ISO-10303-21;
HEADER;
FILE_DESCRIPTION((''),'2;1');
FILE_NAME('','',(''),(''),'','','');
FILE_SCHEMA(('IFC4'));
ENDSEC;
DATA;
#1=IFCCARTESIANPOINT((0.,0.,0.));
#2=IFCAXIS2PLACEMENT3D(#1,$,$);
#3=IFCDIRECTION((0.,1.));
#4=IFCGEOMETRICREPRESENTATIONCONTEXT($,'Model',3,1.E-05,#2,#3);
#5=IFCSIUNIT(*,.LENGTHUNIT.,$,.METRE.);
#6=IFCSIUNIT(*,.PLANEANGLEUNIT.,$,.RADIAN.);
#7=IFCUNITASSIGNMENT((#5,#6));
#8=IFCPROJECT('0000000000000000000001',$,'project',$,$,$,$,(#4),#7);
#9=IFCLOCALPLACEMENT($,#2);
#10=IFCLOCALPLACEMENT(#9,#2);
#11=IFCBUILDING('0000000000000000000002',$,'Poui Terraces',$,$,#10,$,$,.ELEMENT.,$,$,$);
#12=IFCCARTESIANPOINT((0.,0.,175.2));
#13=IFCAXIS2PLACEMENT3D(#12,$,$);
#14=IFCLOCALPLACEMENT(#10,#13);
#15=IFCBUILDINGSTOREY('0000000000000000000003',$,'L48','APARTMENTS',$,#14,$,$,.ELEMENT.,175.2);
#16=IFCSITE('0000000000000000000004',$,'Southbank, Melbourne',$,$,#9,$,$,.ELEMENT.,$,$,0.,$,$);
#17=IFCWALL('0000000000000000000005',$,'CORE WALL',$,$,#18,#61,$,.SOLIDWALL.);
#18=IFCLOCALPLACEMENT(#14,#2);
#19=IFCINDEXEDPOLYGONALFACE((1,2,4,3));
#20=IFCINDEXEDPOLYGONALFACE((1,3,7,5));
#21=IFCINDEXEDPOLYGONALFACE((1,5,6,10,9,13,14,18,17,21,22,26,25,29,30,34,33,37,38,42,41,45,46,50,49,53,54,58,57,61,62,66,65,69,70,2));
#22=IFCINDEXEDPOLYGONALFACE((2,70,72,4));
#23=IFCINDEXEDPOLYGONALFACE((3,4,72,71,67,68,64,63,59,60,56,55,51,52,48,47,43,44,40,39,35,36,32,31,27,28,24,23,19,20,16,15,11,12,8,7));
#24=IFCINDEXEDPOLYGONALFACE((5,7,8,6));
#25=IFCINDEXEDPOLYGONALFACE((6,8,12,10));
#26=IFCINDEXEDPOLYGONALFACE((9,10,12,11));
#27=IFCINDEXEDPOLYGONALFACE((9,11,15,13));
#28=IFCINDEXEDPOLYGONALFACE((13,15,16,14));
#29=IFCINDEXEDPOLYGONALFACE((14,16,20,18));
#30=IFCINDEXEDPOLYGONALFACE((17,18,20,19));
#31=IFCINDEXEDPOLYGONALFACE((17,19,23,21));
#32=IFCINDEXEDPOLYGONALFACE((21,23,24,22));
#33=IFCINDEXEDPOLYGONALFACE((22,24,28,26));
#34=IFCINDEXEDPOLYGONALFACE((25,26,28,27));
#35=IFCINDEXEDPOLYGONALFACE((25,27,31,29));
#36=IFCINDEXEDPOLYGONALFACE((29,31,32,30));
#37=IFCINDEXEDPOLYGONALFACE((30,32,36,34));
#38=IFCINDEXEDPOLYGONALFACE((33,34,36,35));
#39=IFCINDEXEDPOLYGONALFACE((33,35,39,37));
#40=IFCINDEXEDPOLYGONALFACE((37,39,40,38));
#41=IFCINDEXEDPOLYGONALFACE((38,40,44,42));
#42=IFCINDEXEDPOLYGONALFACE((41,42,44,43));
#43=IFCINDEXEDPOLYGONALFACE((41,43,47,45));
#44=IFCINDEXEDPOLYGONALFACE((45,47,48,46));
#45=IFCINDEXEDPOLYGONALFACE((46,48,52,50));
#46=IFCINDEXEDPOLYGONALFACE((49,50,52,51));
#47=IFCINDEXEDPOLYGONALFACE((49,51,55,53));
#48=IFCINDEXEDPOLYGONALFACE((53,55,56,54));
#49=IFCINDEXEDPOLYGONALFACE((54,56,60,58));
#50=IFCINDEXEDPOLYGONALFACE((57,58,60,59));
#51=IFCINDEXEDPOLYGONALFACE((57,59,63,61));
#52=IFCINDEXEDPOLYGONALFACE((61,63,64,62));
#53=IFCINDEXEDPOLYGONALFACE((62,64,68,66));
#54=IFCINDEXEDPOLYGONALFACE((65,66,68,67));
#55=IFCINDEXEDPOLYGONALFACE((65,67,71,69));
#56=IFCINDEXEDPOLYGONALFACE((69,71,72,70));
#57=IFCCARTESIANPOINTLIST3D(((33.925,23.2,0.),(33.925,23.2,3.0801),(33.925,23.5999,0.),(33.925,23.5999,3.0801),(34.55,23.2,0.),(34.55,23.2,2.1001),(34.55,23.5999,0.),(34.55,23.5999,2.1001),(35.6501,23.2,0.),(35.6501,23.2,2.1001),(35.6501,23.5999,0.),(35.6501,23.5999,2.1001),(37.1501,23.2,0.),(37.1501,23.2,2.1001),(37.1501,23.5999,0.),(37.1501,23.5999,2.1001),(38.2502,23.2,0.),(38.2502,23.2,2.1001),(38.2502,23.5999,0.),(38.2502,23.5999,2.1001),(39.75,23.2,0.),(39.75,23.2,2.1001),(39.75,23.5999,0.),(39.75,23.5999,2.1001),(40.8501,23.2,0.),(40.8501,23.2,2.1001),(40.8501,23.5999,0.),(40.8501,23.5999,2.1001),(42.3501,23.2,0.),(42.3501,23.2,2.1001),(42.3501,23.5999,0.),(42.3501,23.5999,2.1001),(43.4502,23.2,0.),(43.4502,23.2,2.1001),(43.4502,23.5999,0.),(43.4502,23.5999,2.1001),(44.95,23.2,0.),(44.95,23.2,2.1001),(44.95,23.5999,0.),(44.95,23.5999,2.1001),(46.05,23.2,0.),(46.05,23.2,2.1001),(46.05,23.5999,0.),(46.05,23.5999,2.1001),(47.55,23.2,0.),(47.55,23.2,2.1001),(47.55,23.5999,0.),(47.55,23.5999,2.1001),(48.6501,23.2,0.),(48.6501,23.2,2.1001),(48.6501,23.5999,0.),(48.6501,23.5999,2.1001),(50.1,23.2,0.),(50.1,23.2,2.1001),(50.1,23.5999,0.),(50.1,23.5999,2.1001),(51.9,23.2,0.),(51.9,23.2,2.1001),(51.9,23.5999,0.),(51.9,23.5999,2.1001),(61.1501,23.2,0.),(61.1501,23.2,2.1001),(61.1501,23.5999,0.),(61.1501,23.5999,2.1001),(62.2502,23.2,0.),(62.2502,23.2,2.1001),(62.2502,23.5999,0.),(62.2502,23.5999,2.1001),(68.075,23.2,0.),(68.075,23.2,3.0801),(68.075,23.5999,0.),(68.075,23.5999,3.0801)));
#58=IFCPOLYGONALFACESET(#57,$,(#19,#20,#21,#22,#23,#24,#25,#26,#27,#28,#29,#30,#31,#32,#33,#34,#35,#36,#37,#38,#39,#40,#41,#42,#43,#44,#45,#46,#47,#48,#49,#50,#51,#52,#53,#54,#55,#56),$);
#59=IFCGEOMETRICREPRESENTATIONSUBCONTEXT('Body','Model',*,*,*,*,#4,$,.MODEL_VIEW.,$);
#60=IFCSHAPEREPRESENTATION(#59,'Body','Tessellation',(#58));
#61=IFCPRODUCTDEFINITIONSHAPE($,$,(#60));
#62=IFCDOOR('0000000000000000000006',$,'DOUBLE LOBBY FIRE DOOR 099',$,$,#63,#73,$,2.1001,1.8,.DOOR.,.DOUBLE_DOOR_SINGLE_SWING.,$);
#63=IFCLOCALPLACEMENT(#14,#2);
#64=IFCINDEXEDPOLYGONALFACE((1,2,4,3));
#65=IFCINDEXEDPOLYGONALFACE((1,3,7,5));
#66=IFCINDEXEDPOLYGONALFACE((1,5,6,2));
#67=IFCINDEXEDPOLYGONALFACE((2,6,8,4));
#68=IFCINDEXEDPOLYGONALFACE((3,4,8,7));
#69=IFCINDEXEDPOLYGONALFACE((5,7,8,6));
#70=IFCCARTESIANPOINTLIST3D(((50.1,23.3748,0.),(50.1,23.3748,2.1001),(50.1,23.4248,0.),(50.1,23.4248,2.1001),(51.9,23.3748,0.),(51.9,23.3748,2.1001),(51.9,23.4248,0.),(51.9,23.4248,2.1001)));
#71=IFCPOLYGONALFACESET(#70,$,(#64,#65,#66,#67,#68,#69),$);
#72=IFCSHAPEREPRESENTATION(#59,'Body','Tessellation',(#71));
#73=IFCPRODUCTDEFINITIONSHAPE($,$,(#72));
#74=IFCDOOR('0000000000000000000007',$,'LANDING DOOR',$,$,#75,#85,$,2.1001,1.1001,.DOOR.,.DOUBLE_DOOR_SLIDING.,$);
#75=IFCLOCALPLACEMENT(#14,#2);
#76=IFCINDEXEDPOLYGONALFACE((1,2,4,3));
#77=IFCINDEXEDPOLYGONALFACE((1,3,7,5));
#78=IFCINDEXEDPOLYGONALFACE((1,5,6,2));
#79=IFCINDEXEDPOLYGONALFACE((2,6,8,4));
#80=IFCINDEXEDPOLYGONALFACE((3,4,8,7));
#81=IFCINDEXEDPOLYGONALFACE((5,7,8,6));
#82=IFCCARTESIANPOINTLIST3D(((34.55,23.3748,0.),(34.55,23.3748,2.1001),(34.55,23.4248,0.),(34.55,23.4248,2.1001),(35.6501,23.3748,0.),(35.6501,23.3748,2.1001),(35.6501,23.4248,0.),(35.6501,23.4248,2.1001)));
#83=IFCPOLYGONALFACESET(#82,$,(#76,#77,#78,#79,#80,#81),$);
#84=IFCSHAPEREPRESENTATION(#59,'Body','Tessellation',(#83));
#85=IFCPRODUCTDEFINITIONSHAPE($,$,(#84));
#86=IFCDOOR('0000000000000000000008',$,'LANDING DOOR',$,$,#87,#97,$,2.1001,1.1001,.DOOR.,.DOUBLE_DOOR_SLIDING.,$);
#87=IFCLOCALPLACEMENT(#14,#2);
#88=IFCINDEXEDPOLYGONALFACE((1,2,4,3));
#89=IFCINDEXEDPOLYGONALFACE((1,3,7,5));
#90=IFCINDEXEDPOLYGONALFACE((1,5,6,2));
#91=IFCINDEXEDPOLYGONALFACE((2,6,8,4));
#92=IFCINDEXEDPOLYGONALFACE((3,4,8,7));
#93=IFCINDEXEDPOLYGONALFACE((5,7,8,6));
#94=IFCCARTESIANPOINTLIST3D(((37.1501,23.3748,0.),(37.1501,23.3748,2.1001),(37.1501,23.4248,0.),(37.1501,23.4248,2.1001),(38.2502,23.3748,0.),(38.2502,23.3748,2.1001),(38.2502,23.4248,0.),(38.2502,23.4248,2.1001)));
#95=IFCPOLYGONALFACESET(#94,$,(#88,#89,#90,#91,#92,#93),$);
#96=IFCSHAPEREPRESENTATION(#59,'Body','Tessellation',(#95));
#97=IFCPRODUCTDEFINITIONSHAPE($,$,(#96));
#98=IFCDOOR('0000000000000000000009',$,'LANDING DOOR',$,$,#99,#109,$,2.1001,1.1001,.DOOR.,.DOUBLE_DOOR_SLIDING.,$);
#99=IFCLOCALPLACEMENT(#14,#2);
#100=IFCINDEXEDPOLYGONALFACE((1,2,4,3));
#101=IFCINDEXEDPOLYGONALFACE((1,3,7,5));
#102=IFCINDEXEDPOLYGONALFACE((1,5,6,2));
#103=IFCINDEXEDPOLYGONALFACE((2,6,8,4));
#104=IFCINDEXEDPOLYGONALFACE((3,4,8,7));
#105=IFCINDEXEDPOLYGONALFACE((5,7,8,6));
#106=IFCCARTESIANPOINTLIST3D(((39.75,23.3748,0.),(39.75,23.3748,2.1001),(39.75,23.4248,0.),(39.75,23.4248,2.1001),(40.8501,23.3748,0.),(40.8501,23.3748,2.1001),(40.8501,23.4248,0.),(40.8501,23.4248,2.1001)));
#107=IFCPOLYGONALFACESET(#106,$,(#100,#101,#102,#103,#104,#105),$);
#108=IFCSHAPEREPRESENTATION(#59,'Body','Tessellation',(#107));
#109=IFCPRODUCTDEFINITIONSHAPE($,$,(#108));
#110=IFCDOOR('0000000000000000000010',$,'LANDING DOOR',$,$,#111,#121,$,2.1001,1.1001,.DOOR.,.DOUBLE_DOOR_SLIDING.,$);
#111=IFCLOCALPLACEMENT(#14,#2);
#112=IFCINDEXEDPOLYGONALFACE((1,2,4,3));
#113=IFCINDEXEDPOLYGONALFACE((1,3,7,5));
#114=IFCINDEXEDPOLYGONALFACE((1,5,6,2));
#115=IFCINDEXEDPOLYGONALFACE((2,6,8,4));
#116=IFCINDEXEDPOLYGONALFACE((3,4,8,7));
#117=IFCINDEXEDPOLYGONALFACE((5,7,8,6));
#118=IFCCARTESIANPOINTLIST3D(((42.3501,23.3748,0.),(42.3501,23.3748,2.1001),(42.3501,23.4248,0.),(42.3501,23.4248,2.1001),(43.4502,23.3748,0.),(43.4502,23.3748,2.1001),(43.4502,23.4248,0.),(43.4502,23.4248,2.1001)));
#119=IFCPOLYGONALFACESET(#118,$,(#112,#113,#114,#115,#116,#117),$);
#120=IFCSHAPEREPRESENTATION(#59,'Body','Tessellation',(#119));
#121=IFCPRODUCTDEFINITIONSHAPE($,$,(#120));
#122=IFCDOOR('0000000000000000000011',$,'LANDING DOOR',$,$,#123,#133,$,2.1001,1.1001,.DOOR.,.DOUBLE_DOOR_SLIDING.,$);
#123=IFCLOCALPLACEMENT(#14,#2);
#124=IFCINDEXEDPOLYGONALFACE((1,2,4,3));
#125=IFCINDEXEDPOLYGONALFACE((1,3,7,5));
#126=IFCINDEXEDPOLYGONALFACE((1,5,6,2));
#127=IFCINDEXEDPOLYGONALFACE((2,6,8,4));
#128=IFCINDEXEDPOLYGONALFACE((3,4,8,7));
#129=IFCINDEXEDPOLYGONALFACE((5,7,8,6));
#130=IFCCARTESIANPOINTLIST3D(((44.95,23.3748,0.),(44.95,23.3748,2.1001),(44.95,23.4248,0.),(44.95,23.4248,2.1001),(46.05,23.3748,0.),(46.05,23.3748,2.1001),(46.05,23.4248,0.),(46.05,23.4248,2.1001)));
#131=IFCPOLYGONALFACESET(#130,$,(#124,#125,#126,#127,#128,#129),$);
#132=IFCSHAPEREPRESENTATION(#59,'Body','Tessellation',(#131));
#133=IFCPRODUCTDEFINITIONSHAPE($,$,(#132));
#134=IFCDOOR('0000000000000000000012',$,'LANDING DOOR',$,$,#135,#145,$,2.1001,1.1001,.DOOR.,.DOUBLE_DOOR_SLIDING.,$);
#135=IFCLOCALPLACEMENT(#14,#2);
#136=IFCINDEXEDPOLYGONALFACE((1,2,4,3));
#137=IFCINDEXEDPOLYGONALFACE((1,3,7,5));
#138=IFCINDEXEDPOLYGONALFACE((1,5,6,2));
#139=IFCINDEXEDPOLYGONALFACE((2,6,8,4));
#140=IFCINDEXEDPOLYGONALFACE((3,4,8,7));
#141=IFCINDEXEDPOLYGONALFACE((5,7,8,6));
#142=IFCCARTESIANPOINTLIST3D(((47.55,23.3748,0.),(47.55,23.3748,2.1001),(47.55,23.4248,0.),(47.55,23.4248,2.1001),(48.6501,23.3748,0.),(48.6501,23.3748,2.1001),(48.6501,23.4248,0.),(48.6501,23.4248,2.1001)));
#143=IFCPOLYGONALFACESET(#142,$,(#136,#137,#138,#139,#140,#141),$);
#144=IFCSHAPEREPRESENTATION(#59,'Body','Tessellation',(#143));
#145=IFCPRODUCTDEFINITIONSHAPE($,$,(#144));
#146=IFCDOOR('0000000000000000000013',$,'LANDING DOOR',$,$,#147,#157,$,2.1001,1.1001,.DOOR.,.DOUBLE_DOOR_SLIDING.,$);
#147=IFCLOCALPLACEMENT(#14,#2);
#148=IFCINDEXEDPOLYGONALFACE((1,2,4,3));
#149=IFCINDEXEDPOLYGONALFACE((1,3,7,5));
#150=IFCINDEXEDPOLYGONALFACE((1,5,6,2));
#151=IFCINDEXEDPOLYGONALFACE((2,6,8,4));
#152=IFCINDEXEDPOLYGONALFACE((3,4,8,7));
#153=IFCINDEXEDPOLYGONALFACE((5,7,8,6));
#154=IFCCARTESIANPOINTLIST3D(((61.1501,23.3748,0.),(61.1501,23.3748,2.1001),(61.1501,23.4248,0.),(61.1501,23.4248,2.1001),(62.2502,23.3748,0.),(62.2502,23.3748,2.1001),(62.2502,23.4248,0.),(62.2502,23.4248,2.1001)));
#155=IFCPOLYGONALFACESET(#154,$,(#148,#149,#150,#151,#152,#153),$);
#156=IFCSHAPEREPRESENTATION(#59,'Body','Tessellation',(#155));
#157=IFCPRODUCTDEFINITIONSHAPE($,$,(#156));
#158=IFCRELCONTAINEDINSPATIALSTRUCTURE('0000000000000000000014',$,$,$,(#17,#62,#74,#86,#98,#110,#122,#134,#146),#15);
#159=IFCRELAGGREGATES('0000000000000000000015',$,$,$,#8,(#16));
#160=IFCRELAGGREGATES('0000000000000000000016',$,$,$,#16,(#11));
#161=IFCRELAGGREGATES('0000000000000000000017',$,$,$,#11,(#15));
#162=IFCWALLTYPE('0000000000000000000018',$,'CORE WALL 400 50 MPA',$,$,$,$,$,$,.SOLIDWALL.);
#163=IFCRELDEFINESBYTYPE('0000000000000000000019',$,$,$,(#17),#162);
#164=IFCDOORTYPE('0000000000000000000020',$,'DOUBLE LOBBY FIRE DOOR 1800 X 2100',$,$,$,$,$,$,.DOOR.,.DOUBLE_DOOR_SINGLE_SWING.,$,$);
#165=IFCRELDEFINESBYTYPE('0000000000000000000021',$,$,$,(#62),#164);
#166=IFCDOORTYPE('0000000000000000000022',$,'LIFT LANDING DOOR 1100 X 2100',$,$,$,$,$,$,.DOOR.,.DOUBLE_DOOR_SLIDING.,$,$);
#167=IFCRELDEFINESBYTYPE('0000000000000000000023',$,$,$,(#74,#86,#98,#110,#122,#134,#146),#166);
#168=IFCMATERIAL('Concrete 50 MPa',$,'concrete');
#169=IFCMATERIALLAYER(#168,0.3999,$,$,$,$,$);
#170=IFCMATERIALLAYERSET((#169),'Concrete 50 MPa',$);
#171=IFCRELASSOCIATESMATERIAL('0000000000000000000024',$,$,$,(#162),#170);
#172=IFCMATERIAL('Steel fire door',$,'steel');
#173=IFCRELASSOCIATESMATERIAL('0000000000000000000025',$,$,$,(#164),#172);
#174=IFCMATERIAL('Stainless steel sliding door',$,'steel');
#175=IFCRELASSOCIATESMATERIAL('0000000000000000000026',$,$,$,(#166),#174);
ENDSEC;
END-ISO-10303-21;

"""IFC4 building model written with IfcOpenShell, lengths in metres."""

from ifc_helpers import new_model, si_unit, direction, frame, frame_2d, origin, place, context, subcontext, project, spatial, rectangle, extrude, material, layer, layer_set, type_object, element, fill, save


model = new_model("IFC4")

# Units and contexts
model_context = context("Model", 3, precision=1e-05, world=origin(), true_north=direction((0.0, 1.0)))
body_context = subcontext(model_context, "Body", "Model", "MODEL_VIEW")
ifc_project = project(units=[si_unit("LENGTHUNIT", "METRE"), si_unit("PLANEANGLEUNIT", "RADIAN")], contexts=[model_context])

# Site, building, storey
site_placement = place(None, origin())
site = spatial("IfcSite", under=ifc_project, at=site_placement, Name="Southbank, Melbourne", CompositionType="ELEMENT", RefElevation=0.0)
building_placement = place(site_placement, origin())
building = spatial("IfcBuilding", under=site, at=building_placement, Name="Poui Terraces", CompositionType="ELEMENT")
storey_placement = place(building_placement, frame((0.0, 0.0, 175.2)))
storey = spatial("IfcBuildingStorey", under=building, at=storey_placement, Name="L48", Description="APARTMENTS", CompositionType="ELEMENT", Elevation=175.2)

# Shared definitions
ifc_material_1 = material(Name="Concrete 50 MPa", Category="concrete")

# Wall, openings, doors
ifc_layer_1 = layer(ifc_material_1, 0.3999)
ifc_layer_set_1 = layer_set([ifc_layer_1], Name="Concrete 50 MPa")
wall_type_1 = type_object("IfcWallType", Name="CORE WALL 400 50 MPA", PredefinedType="SOLIDWALL", material=ifc_layer_set_1)
wall_1_placement = place(storey_placement, frame((33.925, 23.3999, 0.0), z_axis=(0.0, 0.0, 1.0), x_axis=(1.0, 0.0, 0.0)))
wall_1 = element("IfcWall", 1, at=wall_1_placement, inside=storey, type_object=wall_type_1, Name="CORE WALL", PredefinedType="SOLIDWALL", context=body_context, shape_type="SweptSolid", body=[
    extrude(rectangle(XDim=34.1499, YDim=0.3999, at=frame_2d((17.075, 0.0))), origin(), (0.0, 0.0, 1.0), 3.0801),
])
opening_1_placement = place(wall_1_placement, frame((16.175, 0.0, 0.0)))
opening_1 = element("IfcOpeningElement", 2, at=opening_1_placement, cuts=wall_1, PredefinedType="OPENING", context=body_context, shape_type="SweptSolid", body=[
    extrude(rectangle(XDim=1.8, YDim=2.1001, at=frame_2d((0.8999, 1.05))), frame((0.0, 0.21, 0.0), z_axis=(0.0, -1.0, 0.0), x_axis=(1.0, 0.0, 0.0)), (0.0, 0.0, 1.0), 0.4199),
])
opening_2_placement = place(wall_1_placement, frame((0.625, 0.0, 0.0)))
opening_2 = element("IfcOpeningElement", 3, at=opening_2_placement, cuts=wall_1, PredefinedType="OPENING", context=body_context, shape_type="SweptSolid", body=[
    extrude(rectangle(XDim=1.1001, YDim=2.1001, at=frame_2d((0.55, 1.05))), frame((0.0, 0.21, 0.0), z_axis=(0.0, -1.0, 0.0), x_axis=(1.0, 0.0, 0.0)), (0.0, 0.0, 1.0), 0.4199),
])
opening_3_placement = place(wall_1_placement, frame((3.2251, 0.0, 0.0)))
opening_3 = element("IfcOpeningElement", 4, at=opening_3_placement, cuts=wall_1, PredefinedType="OPENING", context=body_context, shape_type="SweptSolid", body=[
    extrude(rectangle(XDim=1.1001, YDim=2.1001, at=frame_2d((0.55, 1.05))), frame((0.0, 0.21, 0.0), z_axis=(0.0, -1.0, 0.0), x_axis=(1.0, 0.0, 0.0)), (0.0, 0.0, 1.0), 0.4199),
])
opening_4_placement = place(wall_1_placement, frame((5.825, 0.0, 0.0)))
opening_4 = element("IfcOpeningElement", 5, at=opening_4_placement, cuts=wall_1, PredefinedType="OPENING", context=body_context, shape_type="SweptSolid", body=[
    extrude(rectangle(XDim=1.1001, YDim=2.1001, at=frame_2d((0.55, 1.05))), frame((0.0, 0.21, 0.0), z_axis=(0.0, -1.0, 0.0), x_axis=(1.0, 0.0, 0.0)), (0.0, 0.0, 1.0), 0.4199),
])
opening_5_placement = place(wall_1_placement, frame((8.425, 0.0, 0.0)))
opening_5 = element("IfcOpeningElement", 6, at=opening_5_placement, cuts=wall_1, PredefinedType="OPENING", context=body_context, shape_type="SweptSolid", body=[
    extrude(rectangle(XDim=1.1001, YDim=2.1001, at=frame_2d((0.55, 1.05))), frame((0.0, 0.21, 0.0), z_axis=(0.0, -1.0, 0.0), x_axis=(1.0, 0.0, 0.0)), (0.0, 0.0, 1.0), 0.4199),
])
opening_6_placement = place(wall_1_placement, frame((11.0249, 0.0, 0.0)))
opening_6 = element("IfcOpeningElement", 7, at=opening_6_placement, cuts=wall_1, PredefinedType="OPENING", context=body_context, shape_type="SweptSolid", body=[
    extrude(rectangle(XDim=1.1001, YDim=2.1001, at=frame_2d((0.55, 1.05))), frame((0.0, 0.21, 0.0), z_axis=(0.0, -1.0, 0.0), x_axis=(1.0, 0.0, 0.0)), (0.0, 0.0, 1.0), 0.4199),
])
opening_7_placement = place(wall_1_placement, frame((13.625, 0.0, 0.0)))
opening_7 = element("IfcOpeningElement", 8, at=opening_7_placement, cuts=wall_1, PredefinedType="OPENING", context=body_context, shape_type="SweptSolid", body=[
    extrude(rectangle(XDim=1.1001, YDim=2.1001, at=frame_2d((0.55, 1.05))), frame((0.0, 0.21, 0.0), z_axis=(0.0, -1.0, 0.0), x_axis=(1.0, 0.0, 0.0)), (0.0, 0.0, 1.0), 0.4199),
])
opening_8_placement = place(wall_1_placement, frame((27.2251, 0.0, 0.0)))
opening_8 = element("IfcOpeningElement", 9, at=opening_8_placement, cuts=wall_1, PredefinedType="OPENING", context=body_context, shape_type="SweptSolid", body=[
    extrude(rectangle(XDim=1.1001, YDim=2.1001, at=frame_2d((0.55, 1.05))), frame((0.0, 0.21, 0.0), z_axis=(0.0, -1.0, 0.0), x_axis=(1.0, 0.0, 0.0)), (0.0, 0.0, 1.0), 0.4199),
])
ifc_material_2 = material(Name="Steel fire door", Category="steel")
door_type_1 = type_object("IfcDoorType", Name="DOUBLE LOBBY FIRE DOOR 1800 X 2100", OperationType="DOUBLE_DOOR_SINGLE_SWING", PredefinedType="DOOR", material=ifc_material_2)
door_1_placement = place(opening_1_placement, origin())
door_1 = element("IfcDoor", 10, at=door_1_placement, inside=storey, type_object=door_type_1, Name="DOUBLE LOBBY FIRE DOOR 099", OperationType="DOUBLE_DOOR_SINGLE_SWING", OverallHeight=2.1001, OverallWidth=1.8, PredefinedType="DOOR", context=body_context, shape_type="SweptSolid", body=[
    extrude(rectangle(XDim=1.8, YDim=2.1001, at=frame_2d((0.8999, 1.05))), frame((0.0, 0.0249, 0.0), z_axis=(0.0, -1.0, 0.0), x_axis=(1.0, 0.0, 0.0)), (0.0, 0.0, 1.0), 0.05),
])
fill(opening_1, door_1)
ifc_material_3 = material(Name="Stainless steel sliding door", Category="steel")
door_type_2 = type_object("IfcDoorType", Name="LIFT LANDING DOOR 1100 X 2100", OperationType="DOUBLE_DOOR_SLIDING", PredefinedType="DOOR", material=ifc_material_3)
door_2_placement = place(opening_2_placement, origin())
door_2 = element("IfcDoor", 11, at=door_2_placement, inside=storey, type_object=door_type_2, Name="LANDING DOOR", OperationType="DOUBLE_DOOR_SLIDING", OverallHeight=2.1001, OverallWidth=1.1001, PredefinedType="DOOR", context=body_context, shape_type="SweptSolid", body=[
    extrude(rectangle(XDim=1.1001, YDim=2.1001, at=frame_2d((0.55, 1.05))), frame((0.0, 0.0249, 0.0), z_axis=(0.0, -1.0, 0.0), x_axis=(1.0, 0.0, 0.0)), (0.0, 0.0, 1.0), 0.05),
])
fill(opening_2, door_2)
door_3_placement = place(opening_3_placement, origin())
door_3 = element("IfcDoor", 12, at=door_3_placement, inside=storey, type_object=door_type_2, Name="LANDING DOOR", OperationType="DOUBLE_DOOR_SLIDING", OverallHeight=2.1001, OverallWidth=1.1001, PredefinedType="DOOR", context=body_context, shape_type="SweptSolid", body=[
    extrude(rectangle(XDim=1.1001, YDim=2.1001, at=frame_2d((0.55, 1.05))), frame((0.0, 0.0249, 0.0), z_axis=(0.0, -1.0, 0.0), x_axis=(1.0, 0.0, 0.0)), (0.0, 0.0, 1.0), 0.05),
])
fill(opening_3, door_3)
door_4_placement = place(opening_4_placement, origin())
door_4 = element("IfcDoor", 13, at=door_4_placement, inside=storey, type_object=door_type_2, Name="LANDING DOOR", OperationType="DOUBLE_DOOR_SLIDING", OverallHeight=2.1001, OverallWidth=1.1001, PredefinedType="DOOR", context=body_context, shape_type="SweptSolid", body=[
    extrude(rectangle(XDim=1.1001, YDim=2.1001, at=frame_2d((0.55, 1.05))), frame((0.0, 0.0249, 0.0), z_axis=(0.0, -1.0, 0.0), x_axis=(1.0, 0.0, 0.0)), (0.0, 0.0, 1.0), 0.05),
])
fill(opening_4, door_4)
door_5_placement = place(opening_5_placement, origin())
door_5 = element("IfcDoor", 14, at=door_5_placement, inside=storey, type_object=door_type_2, Name="LANDING DOOR", OperationType="DOUBLE_DOOR_SLIDING", OverallHeight=2.1001, OverallWidth=1.1001, PredefinedType="DOOR", context=body_context, shape_type="SweptSolid", body=[
    extrude(rectangle(XDim=1.1001, YDim=2.1001, at=frame_2d((0.55, 1.05))), frame((0.0, 0.0249, 0.0), z_axis=(0.0, -1.0, 0.0), x_axis=(1.0, 0.0, 0.0)), (0.0, 0.0, 1.0), 0.05),
])
fill(opening_5, door_5)
door_6_placement = place(opening_6_placement, origin())
door_6 = element("IfcDoor", 15, at=door_6_placement, inside=storey, type_object=door_type_2, Name="LANDING DOOR", OperationType="DOUBLE_DOOR_SLIDING", OverallHeight=2.1001, OverallWidth=1.1001, PredefinedType="DOOR", context=body_context, shape_type="SweptSolid", body=[
    extrude(rectangle(XDim=1.1001, YDim=2.1001, at=frame_2d((0.55, 1.05))), frame((0.0, 0.0249, 0.0), z_axis=(0.0, -1.0, 0.0), x_axis=(1.0, 0.0, 0.0)), (0.0, 0.0, 1.0), 0.05),
])
fill(opening_6, door_6)
door_7_placement = place(opening_7_placement, origin())
door_7 = element("IfcDoor", 16, at=door_7_placement, inside=storey, type_object=door_type_2, Name="LANDING DOOR", OperationType="DOUBLE_DOOR_SLIDING", OverallHeight=2.1001, OverallWidth=1.1001, PredefinedType="DOOR", context=body_context, shape_type="SweptSolid", body=[
    extrude(rectangle(XDim=1.1001, YDim=2.1001, at=frame_2d((0.55, 1.05))), frame((0.0, 0.0249, 0.0), z_axis=(0.0, -1.0, 0.0), x_axis=(1.0, 0.0, 0.0)), (0.0, 0.0, 1.0), 0.05),
])
fill(opening_7, door_7)
door_8_placement = place(opening_8_placement, origin())
door_8 = element("IfcDoor", 17, at=door_8_placement, inside=storey, type_object=door_type_2, Name="LANDING DOOR", OperationType="DOUBLE_DOOR_SLIDING", OverallHeight=2.1001, OverallWidth=1.1001, PredefinedType="DOOR", context=body_context, shape_type="SweptSolid", body=[
    extrude(rectangle(XDim=1.1001, YDim=2.1001, at=frame_2d((0.55, 1.05))), frame((0.0, 0.0249, 0.0), z_axis=(0.0, -1.0, 0.0), x_axis=(1.0, 0.0, 0.0)), (0.0, 0.0, 1.0), 0.05),
])
fill(opening_8, door_8)

save(model, "model.ifc")
